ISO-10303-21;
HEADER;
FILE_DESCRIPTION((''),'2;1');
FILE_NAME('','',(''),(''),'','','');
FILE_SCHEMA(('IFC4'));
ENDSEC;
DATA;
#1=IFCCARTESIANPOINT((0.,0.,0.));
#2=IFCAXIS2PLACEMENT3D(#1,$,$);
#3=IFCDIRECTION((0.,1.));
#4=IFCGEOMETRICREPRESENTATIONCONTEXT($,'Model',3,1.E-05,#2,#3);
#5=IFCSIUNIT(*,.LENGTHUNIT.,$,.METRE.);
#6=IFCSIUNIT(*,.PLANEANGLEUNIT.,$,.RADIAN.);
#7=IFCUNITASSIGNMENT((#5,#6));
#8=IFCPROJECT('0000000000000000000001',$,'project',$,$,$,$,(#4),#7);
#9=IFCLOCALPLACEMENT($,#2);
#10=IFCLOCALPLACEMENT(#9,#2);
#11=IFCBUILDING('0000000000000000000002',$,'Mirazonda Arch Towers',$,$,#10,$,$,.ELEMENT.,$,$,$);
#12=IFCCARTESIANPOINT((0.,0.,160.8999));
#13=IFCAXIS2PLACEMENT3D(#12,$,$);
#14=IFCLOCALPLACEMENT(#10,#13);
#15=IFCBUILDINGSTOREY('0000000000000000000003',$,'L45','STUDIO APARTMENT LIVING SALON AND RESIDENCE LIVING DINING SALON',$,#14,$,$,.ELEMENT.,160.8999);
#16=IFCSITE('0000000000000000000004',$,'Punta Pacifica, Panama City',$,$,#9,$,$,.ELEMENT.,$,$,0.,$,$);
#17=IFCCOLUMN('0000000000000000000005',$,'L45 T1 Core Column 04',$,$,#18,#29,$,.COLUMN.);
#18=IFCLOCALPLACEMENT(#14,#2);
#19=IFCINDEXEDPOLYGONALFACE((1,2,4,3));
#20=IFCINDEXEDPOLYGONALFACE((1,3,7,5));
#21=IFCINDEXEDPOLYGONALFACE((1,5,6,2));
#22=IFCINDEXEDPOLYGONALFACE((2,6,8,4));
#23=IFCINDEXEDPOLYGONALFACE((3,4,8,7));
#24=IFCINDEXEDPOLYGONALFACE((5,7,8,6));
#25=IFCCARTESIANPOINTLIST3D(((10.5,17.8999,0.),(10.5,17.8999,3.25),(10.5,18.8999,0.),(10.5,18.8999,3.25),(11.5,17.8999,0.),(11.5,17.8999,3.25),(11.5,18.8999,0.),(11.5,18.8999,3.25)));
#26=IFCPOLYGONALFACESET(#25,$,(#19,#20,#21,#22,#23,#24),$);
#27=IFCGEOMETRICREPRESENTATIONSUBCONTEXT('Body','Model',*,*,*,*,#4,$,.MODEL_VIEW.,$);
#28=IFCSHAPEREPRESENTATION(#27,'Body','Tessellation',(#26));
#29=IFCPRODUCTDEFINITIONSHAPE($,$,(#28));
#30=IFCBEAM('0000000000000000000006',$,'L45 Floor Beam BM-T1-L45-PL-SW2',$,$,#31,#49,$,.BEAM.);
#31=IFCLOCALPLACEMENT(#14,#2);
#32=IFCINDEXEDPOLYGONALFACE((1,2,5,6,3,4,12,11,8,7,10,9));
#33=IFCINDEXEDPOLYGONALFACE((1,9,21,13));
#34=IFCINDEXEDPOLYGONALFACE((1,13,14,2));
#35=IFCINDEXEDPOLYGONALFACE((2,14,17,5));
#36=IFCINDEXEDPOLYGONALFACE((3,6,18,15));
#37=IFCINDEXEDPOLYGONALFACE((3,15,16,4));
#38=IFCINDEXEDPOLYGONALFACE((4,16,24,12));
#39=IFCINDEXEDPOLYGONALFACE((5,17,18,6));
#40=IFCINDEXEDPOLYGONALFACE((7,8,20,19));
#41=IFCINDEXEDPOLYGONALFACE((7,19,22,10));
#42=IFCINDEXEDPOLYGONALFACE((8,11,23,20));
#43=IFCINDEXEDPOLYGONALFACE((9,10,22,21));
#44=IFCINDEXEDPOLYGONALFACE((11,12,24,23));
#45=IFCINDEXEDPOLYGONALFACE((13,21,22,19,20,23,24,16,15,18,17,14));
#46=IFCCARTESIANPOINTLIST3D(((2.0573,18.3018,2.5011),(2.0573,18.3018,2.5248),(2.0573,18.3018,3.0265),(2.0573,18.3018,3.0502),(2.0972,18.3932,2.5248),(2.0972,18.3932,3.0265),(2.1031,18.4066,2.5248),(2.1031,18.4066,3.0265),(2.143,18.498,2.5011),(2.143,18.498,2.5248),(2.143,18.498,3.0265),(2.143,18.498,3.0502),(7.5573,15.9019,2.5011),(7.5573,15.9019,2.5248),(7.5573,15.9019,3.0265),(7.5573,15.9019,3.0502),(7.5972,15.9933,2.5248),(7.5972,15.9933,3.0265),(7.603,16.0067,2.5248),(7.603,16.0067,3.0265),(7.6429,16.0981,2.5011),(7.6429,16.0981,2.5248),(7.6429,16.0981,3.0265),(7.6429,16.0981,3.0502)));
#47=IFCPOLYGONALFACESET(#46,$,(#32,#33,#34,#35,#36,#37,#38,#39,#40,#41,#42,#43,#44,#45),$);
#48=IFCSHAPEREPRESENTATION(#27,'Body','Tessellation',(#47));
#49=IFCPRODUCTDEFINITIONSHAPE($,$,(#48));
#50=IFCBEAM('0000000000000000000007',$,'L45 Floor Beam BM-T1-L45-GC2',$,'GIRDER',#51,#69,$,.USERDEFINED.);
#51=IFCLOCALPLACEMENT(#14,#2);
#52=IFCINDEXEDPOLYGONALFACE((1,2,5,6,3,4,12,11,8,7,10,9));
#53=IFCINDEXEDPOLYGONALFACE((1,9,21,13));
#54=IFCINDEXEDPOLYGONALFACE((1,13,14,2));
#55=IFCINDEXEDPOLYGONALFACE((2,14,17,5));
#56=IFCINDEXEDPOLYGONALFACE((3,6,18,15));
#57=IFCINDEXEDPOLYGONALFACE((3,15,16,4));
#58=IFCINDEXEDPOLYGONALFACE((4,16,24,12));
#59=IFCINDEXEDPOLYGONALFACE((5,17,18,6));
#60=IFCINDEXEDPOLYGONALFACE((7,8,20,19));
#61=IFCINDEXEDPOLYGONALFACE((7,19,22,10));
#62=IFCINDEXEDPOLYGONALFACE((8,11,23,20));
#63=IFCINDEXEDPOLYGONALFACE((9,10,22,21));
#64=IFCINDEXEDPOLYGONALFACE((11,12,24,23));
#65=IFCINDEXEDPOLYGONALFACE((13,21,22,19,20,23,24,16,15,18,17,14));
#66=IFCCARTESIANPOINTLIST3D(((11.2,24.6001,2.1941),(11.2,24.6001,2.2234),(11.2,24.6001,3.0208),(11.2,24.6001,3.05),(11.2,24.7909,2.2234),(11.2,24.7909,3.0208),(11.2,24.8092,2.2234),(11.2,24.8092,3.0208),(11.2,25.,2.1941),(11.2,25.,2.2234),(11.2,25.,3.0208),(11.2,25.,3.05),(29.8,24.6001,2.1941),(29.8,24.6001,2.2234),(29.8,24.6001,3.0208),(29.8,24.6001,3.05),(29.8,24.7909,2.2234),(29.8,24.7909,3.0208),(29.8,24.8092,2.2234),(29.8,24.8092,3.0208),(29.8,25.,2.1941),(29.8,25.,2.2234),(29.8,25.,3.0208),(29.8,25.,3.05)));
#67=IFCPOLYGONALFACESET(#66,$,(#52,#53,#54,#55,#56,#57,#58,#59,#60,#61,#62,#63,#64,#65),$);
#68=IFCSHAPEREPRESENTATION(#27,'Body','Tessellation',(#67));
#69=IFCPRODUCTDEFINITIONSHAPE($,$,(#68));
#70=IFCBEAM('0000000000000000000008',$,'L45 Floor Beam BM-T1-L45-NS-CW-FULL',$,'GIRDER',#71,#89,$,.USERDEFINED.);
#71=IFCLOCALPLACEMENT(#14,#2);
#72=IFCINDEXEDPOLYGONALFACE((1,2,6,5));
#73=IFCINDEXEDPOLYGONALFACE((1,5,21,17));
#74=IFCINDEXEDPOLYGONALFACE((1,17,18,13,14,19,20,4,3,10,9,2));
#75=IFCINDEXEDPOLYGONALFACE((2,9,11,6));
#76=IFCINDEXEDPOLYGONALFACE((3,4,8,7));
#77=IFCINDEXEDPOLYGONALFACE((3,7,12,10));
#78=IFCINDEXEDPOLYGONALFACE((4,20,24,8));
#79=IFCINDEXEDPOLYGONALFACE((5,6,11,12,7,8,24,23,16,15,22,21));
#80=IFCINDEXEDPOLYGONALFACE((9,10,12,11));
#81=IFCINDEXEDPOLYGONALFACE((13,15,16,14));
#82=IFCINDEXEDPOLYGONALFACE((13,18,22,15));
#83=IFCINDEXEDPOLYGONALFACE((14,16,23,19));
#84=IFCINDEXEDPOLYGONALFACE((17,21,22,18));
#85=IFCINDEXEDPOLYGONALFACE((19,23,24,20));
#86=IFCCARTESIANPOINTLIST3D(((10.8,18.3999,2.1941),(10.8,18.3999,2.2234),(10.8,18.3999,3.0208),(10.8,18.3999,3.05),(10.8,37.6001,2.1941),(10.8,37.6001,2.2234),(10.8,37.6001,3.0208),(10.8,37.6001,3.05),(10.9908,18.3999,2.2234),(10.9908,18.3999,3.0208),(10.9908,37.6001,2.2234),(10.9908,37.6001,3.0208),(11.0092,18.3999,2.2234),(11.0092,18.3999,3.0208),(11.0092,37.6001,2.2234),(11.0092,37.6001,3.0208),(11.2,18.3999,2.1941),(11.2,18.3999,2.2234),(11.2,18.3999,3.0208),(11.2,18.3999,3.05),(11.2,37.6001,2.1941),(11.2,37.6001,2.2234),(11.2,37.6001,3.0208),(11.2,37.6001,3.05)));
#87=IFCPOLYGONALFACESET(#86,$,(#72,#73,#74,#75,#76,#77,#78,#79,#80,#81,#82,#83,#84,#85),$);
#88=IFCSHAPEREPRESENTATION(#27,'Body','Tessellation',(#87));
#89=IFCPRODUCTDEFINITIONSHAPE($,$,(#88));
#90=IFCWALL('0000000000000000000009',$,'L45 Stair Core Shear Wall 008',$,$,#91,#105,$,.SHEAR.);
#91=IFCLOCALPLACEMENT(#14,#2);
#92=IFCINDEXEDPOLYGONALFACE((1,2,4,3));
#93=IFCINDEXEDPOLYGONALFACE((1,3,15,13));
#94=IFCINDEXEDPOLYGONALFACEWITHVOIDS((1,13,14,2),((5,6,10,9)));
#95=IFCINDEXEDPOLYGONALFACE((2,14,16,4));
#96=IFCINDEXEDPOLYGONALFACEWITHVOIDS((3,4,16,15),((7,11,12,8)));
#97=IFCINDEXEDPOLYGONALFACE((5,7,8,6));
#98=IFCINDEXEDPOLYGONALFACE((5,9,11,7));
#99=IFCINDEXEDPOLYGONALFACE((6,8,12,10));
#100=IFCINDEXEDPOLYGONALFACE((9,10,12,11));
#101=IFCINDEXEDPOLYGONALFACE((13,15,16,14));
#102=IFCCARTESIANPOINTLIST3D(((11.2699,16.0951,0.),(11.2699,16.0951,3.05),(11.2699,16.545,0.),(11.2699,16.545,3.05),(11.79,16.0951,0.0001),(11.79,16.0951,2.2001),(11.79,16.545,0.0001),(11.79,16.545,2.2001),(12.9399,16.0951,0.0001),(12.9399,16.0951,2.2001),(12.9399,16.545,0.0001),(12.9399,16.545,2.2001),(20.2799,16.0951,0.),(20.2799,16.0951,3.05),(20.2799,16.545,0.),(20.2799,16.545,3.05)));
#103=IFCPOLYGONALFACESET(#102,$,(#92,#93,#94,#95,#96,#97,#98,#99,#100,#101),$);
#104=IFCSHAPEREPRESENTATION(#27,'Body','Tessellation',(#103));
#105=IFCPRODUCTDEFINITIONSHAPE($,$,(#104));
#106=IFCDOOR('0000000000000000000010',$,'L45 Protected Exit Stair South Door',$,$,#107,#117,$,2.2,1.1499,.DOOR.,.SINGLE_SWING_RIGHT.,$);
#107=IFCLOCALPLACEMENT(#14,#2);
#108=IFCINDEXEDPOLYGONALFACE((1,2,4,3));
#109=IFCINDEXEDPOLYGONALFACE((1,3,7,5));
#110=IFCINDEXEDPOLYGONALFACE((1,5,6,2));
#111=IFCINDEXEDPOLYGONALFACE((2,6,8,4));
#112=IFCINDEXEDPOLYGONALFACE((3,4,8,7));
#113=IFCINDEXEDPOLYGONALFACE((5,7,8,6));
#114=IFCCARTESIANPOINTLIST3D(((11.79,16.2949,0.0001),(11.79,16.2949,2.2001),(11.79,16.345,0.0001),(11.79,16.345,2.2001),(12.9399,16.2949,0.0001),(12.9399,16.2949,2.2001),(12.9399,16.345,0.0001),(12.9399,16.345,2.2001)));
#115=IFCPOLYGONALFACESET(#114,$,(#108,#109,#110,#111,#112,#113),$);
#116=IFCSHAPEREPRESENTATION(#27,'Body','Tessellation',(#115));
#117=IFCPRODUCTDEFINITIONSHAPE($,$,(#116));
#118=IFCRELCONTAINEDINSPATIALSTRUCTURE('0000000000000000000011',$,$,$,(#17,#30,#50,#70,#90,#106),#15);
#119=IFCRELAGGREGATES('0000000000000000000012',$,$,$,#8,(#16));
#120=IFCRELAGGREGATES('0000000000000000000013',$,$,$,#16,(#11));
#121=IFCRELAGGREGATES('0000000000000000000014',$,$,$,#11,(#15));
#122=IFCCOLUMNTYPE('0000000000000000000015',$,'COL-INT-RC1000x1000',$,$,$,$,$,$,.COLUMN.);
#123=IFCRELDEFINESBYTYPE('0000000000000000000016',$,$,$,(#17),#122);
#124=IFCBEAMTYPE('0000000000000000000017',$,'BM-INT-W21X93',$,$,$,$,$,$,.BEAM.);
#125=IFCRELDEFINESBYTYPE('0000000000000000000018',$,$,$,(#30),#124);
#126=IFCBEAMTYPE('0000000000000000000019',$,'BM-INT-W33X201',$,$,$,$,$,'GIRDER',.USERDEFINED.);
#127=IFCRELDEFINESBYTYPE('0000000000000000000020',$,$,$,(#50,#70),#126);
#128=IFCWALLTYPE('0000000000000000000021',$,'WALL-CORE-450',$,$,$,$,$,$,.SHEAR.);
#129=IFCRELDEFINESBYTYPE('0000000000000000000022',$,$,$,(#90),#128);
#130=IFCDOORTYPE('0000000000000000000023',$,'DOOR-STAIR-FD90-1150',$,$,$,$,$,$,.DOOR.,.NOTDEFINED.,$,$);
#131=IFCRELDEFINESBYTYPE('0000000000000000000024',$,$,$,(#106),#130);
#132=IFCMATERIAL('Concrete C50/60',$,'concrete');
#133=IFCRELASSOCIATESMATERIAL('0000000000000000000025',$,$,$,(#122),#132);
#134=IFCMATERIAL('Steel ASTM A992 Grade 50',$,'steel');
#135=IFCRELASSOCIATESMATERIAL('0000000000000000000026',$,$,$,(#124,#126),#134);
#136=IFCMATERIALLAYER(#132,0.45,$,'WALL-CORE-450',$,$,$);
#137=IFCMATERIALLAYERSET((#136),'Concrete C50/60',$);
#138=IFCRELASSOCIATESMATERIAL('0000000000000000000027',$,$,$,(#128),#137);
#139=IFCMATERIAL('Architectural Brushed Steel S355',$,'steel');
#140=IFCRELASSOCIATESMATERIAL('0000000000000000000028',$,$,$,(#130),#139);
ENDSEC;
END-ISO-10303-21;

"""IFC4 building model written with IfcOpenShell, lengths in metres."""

from ifc_helpers import new_model, si_unit, direction, frame, frame_2d, origin, origin_2d, place, context, subcontext, project, spatial, rectangle, i_section, extrude, material, layer, layer_set, material_profile, profile_set, type_object, element, fill, save


model = new_model("IFC4")

# Units and contexts
model_context = context("Model", 3, precision=1e-05, world=origin(), true_north=direction((0.0, 1.0)))
body_context = subcontext(model_context, "Body", "Model", "MODEL_VIEW")
ifc_project = project(units=[si_unit("LENGTHUNIT", "METRE"), si_unit("PLANEANGLEUNIT", "RADIAN")], contexts=[model_context])

# Site, building, storey
site_placement = place(None, origin())
site = spatial("IfcSite", under=ifc_project, at=site_placement, Name="Punta Pacifica, Panama City", CompositionType="ELEMENT", RefElevation=0.0)
building_placement = place(site_placement, origin())
building = spatial("IfcBuilding", under=site, at=building_placement, Name="Mirazonda Arch Towers", CompositionType="ELEMENT")
storey_placement = place(building_placement, frame((0.0, 0.0, 160.8999)))
storey = spatial("IfcBuildingStorey", under=building, at=storey_placement, Name="L45", Description="STUDIO APARTMENT LIVING SALON AND RESIDENCE LIVING DINING SALON", CompositionType="ELEMENT", Elevation=160.8999)

# Column
ifc_material_1 = material(Name="Concrete C50/60", Category="concrete")
ifc_material_profile_1 = material_profile(ifc_material_1, rectangle(XDim=1.0, YDim=1.0, at=origin_2d()), Name="RC1000x1000")
ifc_profile_set_1 = profile_set([ifc_material_profile_1], Name="Concrete C50/60")
column_type = type_object("IfcColumnType", Name="COL-INT-RC1000x1000", PredefinedType="COLUMN", material=ifc_profile_set_1)
column_placement = place(storey_placement, frame((11.0, 18.3999, 0.0), z_axis=(0.0, 0.0, 1.0), x_axis=(1.0, 0.0, 0.0)))
element("IfcColumn", 1, at=column_placement, inside=storey, type_object=column_type, Name="L45 T1 Core Column 04", PredefinedType="COLUMN", context=body_context, shape_type="SweptSolid", body=[
    extrude(rectangle(XDim=1.0, YDim=1.0, at=origin_2d()), origin(), (0.0, 0.0, 1.0), 3.25),
])

# Beams
ifc_material_2 = material(Name="Steel ASTM A992 Grade 50", Category="steel")
ifc_material_profile_2 = material_profile(ifc_material_2, i_section(OverallWidth=0.2141, OverallDepth=0.5491, WebThickness=0.0146, FlangeThickness=0.0237, at=origin_2d()), Name="W21X93")
ifc_profile_set_2 = profile_set([ifc_material_profile_2], Name="Steel ASTM A992 Grade 50")
beam_type_1 = type_object("IfcBeamType", Name="BM-INT-W21X93", PredefinedType="BEAM", material=ifc_profile_set_2)
beam_1_placement = place(storey_placement, frame((7.6001, 16.0, 2.7756), z_axis=(-0.916545, 0.399931, 0.0), x_axis=(-0.399931, -0.916545, 0.0)))
element("IfcBeam", 2, at=beam_1_placement, inside=storey, type_object=beam_type_1, Name="L45 Floor Beam BM-T1-L45-PL-SW2", PredefinedType="BEAM", context=body_context, shape_type="SweptSolid", body=[
    extrude(i_section(OverallWidth=0.2141, OverallDepth=0.5491, WebThickness=0.0146, FlangeThickness=0.0237, at=origin_2d()), origin(), (0.0, 0.0, 1.0), 6.0007),
])
ifc_material_profile_3 = material_profile(ifc_material_2, i_section(OverallWidth=0.3999, OverallDepth=0.856, WebThickness=0.0183, FlangeThickness=0.0293, at=origin_2d()), Name="W33X201")
ifc_profile_set_3 = profile_set([ifc_material_profile_3], Name="Steel ASTM A992 Grade 50")
beam_type_2 = type_object("IfcBeamType", Name="BM-INT-W33X201", ElementType="GIRDER", PredefinedType="USERDEFINED", material=ifc_profile_set_3)
beam_2_placement = place(storey_placement, frame((11.2, 24.8, 2.6221), z_axis=(1.0, 0.0, 0.0), x_axis=(0.0, 1.0, 0.0)))
element("IfcBeam", 3, at=beam_2_placement, inside=storey, type_object=beam_type_2, Name="L45 Floor Beam BM-T1-L45-GC2", ObjectType="GIRDER", PredefinedType="USERDEFINED", context=body_context, shape_type="SweptSolid", body=[
    extrude(i_section(OverallWidth=0.3999, OverallDepth=0.856, WebThickness=0.0183, FlangeThickness=0.0293, at=origin_2d()), origin(), (0.0, 0.0, 1.0), 18.6001),
])
beam_3_placement = place(storey_placement, frame((11.0, 18.3999, 2.6221), z_axis=(0.0, 1.0, 0.0), x_axis=(-1.0, 0.0, 0.0)))
element("IfcBeam", 4, at=beam_3_placement, inside=storey, type_object=beam_type_2, Name="L45 Floor Beam BM-T1-L45-NS-CW-FULL", ObjectType="GIRDER", PredefinedType="USERDEFINED", context=body_context, shape_type="SweptSolid", body=[
    extrude(i_section(OverallWidth=0.3999, OverallDepth=0.856, WebThickness=0.0183, FlangeThickness=0.0293, at=origin_2d()), origin(), (0.0, 0.0, 1.0), 19.2002),
])

# Wall, opening, door
ifc_layer_1 = layer(ifc_material_1, 0.45, Name="WALL-CORE-450")
ifc_layer_set_1 = layer_set([ifc_layer_1], Name="Concrete C50/60")
wall_type_1 = type_object("IfcWallType", Name="WALL-CORE-450", PredefinedType="SHEAR", material=ifc_layer_set_1)
wall_1_placement = place(storey_placement, frame((11.27, 16.3201, 0.0), z_axis=(0.0, 0.0, 1.0), x_axis=(1.0, 0.0, 0.0)))
wall_1 = element("IfcWall", 5, at=wall_1_placement, inside=storey, type_object=wall_type_1, Name="L45 Stair Core Shear Wall 008", PredefinedType="SHEAR", context=body_context, shape_type="SweptSolid", body=[
    extrude(rectangle(XDim=9.01, YDim=0.45, at=frame_2d((4.5049, 0.0))), origin(), (0.0, 0.0, 1.0), 3.05),
])
opening_1_placement = place(wall_1_placement, frame((0.52, 0.0, 0.0)))
opening_1 = element("IfcOpeningElement", 6, at=opening_1_placement, cuts=wall_1, PredefinedType="OPENING", context=body_context, shape_type="SweptSolid", body=[
    extrude(rectangle(XDim=1.1499, YDim=2.2, at=frame_2d((0.575, 1.1001))), frame((0.0, 0.2349, 0.0), z_axis=(0.0, -1.0, 0.0), x_axis=(1.0, 0.0, 0.0)), (0.0, 0.0, 1.0), 0.47),
])
ifc_material_3 = material(Name="Architectural Brushed Steel S355", Category="steel")
door_type_1 = type_object("IfcDoorType", Name="DOOR-STAIR-FD90-1150", OperationType="NOTDEFINED", PredefinedType="DOOR", material=ifc_material_3)
door_1_placement = place(opening_1_placement, origin())
door_1 = element("IfcDoor", 7, at=door_1_placement, inside=storey, type_object=door_type_1, Name="L45 Protected Exit Stair South Door", OperationType="SINGLE_SWING_RIGHT", OverallHeight=2.2, OverallWidth=1.1499, PredefinedType="DOOR", context=body_context, shape_type="SweptSolid", body=[
    extrude(rectangle(XDim=1.1499, YDim=2.2, at=frame_2d((0.575, 1.1001))), frame((0.0, 0.0249, 0.0), z_axis=(0.0, -1.0, 0.0), x_axis=(1.0, 0.0, 0.0)), (0.0, 0.0, 1.0), 0.05),
])
fill(opening_1, door_1)

save(model, "model.ifc")
